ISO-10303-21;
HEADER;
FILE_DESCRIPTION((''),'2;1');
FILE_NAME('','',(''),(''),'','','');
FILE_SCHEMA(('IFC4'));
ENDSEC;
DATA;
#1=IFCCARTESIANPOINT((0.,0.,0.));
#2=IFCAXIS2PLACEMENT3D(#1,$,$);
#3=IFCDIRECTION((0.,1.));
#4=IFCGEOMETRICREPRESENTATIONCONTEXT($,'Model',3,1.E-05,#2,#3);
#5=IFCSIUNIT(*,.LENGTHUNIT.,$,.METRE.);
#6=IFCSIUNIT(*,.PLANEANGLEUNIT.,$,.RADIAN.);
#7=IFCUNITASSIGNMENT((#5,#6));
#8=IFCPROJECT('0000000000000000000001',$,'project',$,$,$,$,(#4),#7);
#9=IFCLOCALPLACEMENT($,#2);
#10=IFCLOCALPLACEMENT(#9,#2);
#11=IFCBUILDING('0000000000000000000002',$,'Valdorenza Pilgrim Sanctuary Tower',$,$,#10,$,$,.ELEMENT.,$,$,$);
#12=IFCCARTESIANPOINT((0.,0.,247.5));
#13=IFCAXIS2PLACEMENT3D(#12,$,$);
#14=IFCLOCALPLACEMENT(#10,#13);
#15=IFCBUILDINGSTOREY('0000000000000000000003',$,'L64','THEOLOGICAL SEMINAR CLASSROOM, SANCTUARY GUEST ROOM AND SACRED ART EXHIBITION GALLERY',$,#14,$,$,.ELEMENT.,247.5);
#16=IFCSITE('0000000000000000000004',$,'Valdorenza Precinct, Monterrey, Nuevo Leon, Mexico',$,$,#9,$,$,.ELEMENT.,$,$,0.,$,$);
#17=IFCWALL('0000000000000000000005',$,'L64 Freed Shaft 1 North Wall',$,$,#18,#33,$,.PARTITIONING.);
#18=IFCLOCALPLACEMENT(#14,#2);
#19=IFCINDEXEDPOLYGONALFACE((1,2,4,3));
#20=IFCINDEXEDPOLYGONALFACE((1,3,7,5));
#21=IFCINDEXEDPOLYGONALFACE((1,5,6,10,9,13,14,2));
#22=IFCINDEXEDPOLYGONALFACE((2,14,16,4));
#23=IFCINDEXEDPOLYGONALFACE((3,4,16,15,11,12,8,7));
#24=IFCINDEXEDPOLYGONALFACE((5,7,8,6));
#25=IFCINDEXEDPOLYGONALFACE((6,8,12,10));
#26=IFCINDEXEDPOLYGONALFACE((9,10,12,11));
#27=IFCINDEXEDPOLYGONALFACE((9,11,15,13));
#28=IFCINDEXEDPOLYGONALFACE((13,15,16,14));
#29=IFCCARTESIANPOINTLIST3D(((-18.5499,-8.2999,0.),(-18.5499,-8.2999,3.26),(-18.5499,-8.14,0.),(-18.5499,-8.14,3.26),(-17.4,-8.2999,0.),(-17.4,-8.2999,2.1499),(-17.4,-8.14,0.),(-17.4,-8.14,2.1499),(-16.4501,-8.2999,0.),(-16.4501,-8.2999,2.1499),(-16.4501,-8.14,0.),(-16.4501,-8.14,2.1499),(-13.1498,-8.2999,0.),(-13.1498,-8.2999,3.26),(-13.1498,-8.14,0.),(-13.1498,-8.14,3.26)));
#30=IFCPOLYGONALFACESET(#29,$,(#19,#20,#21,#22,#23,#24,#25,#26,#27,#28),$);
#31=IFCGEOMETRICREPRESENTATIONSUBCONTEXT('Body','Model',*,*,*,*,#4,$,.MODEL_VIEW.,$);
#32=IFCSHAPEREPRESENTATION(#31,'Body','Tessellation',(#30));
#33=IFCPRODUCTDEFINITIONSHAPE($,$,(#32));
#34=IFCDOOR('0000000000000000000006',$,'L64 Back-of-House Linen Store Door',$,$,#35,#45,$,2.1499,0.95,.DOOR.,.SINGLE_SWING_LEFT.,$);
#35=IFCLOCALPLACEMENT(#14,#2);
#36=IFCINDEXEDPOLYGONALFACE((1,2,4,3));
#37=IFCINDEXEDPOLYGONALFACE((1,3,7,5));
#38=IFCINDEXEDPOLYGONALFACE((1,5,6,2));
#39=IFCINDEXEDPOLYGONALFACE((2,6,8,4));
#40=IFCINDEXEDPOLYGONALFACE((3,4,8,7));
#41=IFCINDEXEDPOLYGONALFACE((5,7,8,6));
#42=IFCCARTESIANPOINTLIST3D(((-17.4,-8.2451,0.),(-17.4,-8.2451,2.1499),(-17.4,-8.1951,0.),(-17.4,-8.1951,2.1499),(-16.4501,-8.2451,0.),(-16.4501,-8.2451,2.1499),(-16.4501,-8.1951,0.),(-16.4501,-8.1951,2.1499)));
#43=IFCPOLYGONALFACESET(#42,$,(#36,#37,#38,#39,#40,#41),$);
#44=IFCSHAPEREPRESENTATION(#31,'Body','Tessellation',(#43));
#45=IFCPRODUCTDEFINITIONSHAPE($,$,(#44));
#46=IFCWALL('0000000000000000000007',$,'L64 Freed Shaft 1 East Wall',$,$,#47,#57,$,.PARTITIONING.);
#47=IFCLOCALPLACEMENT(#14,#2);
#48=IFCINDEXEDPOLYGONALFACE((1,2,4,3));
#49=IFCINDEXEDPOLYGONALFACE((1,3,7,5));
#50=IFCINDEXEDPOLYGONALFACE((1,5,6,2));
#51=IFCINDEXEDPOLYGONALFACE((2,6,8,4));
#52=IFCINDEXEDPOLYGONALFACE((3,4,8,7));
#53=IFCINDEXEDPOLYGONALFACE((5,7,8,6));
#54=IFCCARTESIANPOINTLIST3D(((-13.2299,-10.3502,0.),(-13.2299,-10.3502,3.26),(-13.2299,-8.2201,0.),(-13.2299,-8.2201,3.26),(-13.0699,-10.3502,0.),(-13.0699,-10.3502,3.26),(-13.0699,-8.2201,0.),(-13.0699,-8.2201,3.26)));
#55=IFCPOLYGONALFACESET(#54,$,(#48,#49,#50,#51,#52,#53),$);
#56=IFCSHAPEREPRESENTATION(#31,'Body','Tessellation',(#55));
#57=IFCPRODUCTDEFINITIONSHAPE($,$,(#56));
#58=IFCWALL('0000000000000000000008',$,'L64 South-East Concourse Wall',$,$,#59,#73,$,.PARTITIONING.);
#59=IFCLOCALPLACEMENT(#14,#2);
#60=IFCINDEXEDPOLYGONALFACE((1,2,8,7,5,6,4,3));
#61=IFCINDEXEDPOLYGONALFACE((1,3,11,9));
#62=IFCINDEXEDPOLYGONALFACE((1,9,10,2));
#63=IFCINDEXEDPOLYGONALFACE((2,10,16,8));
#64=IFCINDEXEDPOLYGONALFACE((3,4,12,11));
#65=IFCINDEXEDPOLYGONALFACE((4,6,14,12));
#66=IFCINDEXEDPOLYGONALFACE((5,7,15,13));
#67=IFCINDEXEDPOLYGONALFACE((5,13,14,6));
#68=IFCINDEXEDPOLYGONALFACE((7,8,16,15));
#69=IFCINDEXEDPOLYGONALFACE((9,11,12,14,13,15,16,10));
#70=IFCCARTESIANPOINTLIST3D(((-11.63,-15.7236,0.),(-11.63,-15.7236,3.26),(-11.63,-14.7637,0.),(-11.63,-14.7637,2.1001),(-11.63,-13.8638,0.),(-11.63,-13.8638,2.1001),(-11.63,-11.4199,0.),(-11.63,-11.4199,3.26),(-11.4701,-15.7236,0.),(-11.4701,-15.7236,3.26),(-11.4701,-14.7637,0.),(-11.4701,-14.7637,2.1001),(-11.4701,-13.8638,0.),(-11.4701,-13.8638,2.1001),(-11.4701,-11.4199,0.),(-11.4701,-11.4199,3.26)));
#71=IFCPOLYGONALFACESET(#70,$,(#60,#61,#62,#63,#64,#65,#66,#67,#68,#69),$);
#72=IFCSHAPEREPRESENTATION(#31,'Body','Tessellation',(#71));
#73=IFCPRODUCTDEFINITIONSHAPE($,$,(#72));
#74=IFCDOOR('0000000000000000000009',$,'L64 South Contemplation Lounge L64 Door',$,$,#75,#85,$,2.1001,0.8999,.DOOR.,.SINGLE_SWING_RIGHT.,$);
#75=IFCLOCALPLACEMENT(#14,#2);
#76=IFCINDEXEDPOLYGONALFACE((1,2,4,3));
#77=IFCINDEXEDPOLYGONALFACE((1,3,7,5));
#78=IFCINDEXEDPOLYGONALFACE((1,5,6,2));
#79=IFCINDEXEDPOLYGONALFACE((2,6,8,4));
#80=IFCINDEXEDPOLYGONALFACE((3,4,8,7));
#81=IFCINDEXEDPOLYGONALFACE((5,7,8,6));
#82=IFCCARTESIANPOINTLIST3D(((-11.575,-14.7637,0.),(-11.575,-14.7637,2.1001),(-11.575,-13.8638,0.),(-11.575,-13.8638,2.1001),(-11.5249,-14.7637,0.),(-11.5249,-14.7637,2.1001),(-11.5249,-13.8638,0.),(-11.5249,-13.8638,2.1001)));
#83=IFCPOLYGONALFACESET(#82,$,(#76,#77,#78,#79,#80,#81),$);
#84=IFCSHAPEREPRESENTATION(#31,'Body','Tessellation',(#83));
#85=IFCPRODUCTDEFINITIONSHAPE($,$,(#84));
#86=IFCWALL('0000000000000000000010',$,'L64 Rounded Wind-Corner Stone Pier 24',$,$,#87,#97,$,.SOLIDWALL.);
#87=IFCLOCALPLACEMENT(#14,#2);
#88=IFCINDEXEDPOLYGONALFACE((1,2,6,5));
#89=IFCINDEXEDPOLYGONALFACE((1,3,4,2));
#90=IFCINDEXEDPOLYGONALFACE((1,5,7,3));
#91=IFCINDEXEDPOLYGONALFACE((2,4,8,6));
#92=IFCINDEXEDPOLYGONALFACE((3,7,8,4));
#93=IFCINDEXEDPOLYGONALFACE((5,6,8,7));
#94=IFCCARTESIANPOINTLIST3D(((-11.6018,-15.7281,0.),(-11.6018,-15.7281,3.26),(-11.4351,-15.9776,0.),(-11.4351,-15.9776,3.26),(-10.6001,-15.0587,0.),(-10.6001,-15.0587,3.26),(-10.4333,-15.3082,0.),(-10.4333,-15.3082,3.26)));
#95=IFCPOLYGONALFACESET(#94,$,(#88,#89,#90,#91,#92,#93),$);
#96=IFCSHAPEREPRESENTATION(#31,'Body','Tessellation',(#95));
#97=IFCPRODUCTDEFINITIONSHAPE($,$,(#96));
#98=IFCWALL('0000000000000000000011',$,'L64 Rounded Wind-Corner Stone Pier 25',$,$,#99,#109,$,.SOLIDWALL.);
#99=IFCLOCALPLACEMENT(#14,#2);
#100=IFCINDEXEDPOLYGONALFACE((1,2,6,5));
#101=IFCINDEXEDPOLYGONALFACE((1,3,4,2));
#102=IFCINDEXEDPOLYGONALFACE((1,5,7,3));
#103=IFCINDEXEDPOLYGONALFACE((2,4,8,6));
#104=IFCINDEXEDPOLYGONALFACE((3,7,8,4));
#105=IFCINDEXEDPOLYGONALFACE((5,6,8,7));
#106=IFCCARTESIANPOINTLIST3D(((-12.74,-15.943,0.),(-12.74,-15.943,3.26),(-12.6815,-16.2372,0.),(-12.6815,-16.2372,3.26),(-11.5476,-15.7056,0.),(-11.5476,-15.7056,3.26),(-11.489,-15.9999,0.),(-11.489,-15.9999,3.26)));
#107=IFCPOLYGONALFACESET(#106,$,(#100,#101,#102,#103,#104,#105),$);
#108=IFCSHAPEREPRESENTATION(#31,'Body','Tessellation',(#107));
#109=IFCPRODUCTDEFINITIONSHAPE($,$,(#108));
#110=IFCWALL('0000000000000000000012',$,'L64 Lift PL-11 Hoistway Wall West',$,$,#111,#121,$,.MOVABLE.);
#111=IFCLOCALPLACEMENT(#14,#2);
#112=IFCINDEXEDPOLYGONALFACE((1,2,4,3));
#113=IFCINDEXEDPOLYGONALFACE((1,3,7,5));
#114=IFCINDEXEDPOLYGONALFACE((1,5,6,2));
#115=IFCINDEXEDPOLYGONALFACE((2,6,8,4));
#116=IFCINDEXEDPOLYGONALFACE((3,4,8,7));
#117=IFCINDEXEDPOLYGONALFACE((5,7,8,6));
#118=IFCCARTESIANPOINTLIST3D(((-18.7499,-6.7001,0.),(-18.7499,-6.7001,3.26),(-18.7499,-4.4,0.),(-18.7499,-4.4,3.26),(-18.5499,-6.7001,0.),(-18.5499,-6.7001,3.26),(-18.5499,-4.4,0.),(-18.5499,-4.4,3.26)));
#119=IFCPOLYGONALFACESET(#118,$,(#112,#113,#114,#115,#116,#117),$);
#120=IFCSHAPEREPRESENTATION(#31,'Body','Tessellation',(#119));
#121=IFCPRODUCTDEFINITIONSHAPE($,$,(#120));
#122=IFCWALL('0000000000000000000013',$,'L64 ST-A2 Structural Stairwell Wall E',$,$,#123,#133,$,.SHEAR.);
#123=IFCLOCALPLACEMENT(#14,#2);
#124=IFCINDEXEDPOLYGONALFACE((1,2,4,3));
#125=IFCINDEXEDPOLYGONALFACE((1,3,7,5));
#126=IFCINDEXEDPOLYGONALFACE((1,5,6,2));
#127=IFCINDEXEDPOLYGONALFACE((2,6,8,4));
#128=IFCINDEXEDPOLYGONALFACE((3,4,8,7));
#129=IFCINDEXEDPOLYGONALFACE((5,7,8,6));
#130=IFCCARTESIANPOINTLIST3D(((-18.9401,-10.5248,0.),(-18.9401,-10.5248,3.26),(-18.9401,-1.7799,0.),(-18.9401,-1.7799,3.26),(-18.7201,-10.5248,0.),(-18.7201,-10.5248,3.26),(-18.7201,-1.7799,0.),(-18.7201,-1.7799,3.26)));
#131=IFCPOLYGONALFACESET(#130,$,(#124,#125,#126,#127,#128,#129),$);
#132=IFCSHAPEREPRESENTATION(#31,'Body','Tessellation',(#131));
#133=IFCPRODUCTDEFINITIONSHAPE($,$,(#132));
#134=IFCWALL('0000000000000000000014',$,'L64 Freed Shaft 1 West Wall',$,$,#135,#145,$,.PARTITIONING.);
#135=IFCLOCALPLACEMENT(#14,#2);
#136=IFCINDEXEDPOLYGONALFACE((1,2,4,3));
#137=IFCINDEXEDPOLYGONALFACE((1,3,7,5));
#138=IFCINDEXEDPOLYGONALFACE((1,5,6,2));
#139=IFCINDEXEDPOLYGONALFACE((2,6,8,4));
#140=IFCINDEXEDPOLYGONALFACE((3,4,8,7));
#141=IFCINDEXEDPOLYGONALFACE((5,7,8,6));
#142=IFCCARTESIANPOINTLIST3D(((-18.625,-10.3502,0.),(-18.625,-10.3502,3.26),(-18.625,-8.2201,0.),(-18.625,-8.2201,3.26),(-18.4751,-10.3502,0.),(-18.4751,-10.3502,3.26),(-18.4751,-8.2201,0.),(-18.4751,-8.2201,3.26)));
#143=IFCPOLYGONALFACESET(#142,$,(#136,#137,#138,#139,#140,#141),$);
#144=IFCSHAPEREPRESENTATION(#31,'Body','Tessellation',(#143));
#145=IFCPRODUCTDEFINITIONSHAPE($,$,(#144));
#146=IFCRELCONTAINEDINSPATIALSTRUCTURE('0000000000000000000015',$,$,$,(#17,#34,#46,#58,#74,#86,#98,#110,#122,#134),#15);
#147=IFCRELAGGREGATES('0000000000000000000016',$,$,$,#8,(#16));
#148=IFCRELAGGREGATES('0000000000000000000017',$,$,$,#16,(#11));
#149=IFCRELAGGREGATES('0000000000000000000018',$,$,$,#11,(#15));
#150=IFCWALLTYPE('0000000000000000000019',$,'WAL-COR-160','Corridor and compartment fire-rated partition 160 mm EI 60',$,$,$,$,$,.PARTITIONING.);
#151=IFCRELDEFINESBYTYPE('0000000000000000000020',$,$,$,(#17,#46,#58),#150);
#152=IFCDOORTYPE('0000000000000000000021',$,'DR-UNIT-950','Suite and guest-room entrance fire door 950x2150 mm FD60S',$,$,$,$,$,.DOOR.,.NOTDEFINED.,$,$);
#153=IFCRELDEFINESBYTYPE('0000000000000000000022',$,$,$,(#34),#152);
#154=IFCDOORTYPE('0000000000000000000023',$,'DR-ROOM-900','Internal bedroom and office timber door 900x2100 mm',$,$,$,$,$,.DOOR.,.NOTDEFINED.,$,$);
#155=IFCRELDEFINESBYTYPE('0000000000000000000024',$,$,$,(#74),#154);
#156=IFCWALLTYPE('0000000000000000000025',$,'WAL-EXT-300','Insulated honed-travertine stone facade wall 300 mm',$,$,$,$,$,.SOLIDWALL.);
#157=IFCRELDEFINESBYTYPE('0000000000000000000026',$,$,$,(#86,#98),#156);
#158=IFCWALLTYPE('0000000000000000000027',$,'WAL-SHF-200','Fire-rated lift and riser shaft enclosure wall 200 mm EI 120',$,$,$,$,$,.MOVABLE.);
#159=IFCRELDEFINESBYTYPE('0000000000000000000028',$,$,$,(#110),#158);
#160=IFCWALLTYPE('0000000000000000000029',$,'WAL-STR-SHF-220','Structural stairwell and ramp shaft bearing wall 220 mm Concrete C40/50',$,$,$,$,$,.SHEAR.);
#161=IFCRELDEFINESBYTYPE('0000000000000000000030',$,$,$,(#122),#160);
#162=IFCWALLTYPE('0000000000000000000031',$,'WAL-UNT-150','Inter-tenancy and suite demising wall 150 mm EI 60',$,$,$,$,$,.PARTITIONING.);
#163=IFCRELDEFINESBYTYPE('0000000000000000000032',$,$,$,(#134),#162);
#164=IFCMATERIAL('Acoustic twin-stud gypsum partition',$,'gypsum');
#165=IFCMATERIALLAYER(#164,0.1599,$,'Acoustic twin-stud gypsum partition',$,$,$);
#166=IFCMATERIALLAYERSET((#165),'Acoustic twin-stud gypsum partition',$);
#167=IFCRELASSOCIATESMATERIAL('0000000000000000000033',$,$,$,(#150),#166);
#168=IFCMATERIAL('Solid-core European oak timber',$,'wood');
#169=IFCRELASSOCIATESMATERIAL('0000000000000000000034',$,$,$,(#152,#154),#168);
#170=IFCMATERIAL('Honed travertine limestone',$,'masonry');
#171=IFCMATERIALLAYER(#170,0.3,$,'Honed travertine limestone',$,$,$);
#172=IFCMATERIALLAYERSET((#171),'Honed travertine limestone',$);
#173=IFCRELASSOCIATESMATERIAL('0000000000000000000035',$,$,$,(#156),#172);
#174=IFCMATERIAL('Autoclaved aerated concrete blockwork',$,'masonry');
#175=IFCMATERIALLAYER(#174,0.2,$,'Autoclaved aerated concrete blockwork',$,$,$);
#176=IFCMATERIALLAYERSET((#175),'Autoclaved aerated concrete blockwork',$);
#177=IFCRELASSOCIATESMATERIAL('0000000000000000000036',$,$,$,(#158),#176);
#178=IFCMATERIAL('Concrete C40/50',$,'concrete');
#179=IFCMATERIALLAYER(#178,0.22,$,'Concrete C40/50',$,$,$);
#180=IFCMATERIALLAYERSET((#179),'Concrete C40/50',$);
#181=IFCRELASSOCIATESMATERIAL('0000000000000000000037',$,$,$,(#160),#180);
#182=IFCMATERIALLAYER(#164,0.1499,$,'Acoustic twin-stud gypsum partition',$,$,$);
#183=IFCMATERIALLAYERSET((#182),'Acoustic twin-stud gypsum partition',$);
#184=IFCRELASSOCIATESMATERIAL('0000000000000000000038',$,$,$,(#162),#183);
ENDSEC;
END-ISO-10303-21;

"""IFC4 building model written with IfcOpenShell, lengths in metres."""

from ifc_helpers import new_model, si_unit, direction, frame, frame_2d, origin, place, context, subcontext, project, spatial, rectangle, extrude, material, layer, layer_set, type_object, element, fill, save


model = new_model("IFC4")

# Units and contexts
model_context = context("Model", 3, precision=1e-05, world=origin(), true_north=direction((0.0, 1.0)))
body_context = subcontext(model_context, "Body", "Model", "MODEL_VIEW")
ifc_project = project(units=[si_unit("LENGTHUNIT", "METRE"), si_unit("PLANEANGLEUNIT", "RADIAN")], contexts=[model_context])

# Site, building, storey
site_placement = place(None, origin())
site = spatial("IfcSite", under=ifc_project, at=site_placement, Name="Valdorenza Precinct, Monterrey, Nuevo Leon, Mexico", CompositionType="ELEMENT", RefElevation=0.0)
building_placement = place(site_placement, origin())
building = spatial("IfcBuilding", under=site, at=building_placement, Name="Valdorenza Pilgrim Sanctuary Tower", CompositionType="ELEMENT")
storey_placement = place(building_placement, frame((0.0, 0.0, 247.5)))
storey = spatial("IfcBuildingStorey", under=building, at=storey_placement, Name="L64", Description="THEOLOGICAL SEMINAR CLASSROOM, SANCTUARY GUEST ROOM AND SACRED ART EXHIBITION GALLERY", CompositionType="ELEMENT", Elevation=247.5)

# Shared definitions
ifc_material_1 = material(Name="Honed travertine limestone", Category="masonry")

# Shared definitions
ifc_material_2 = material(Name="Acoustic twin-stud gypsum partition", Category="gypsum")
ifc_layer_1 = layer(ifc_material_2, 0.1599, Name="Acoustic twin-stud gypsum partition")
ifc_layer_set_1 = layer_set([ifc_layer_1], Name="Acoustic twin-stud gypsum partition")
wall_type_1 = type_object("IfcWallType", Name="WAL-COR-160", Description="Corridor and compartment fire-rated partition 160 mm EI 60", PredefinedType="PARTITIONING", material=ifc_layer_set_1)

# Wall, opening, door
wall_1_placement = place(storey_placement, frame((-18.55, -8.22, 0.0), z_axis=(0.0, 0.0, 1.0), x_axis=(1.0, 0.0, 0.0)))
wall_1 = element("IfcWall", 1, at=wall_1_placement, inside=storey, type_object=wall_type_1, Name="L64 Freed Shaft 1 North Wall", PredefinedType="PARTITIONING", context=body_context, shape_type="SweptSolid", body=[
    extrude(rectangle(XDim=5.4001, YDim=0.1599, at=frame_2d((2.7002, 0.0))), origin(), (0.0, 0.0, 1.0), 3.26),
])
opening_1_placement = place(wall_1_placement, frame((1.1499, 0.0, 0.0)))
opening_1 = element("IfcOpeningElement", 2, at=opening_1_placement, cuts=wall_1, PredefinedType="OPENING", context=body_context, shape_type="SweptSolid", body=[
    extrude(rectangle(XDim=0.95, YDim=2.1499, at=frame_2d((0.4751, 1.075))), frame((0.0, 0.0947, 0.0), z_axis=(0.0, -1.0, 0.0), x_axis=(1.0, 0.0, 0.0)), (0.0, 0.0, 1.0), 0.1897),
])
ifc_material_3 = material(Name="Solid-core European oak timber", Category="wood")
door_type_1 = type_object("IfcDoorType", Name="DR-UNIT-950", Description="Suite and guest-room entrance fire door 950x2150 mm FD60S", OperationType="NOTDEFINED", PredefinedType="DOOR", material=ifc_material_3)
door_1_placement = place(opening_1_placement, origin())
door_1 = element("IfcDoor", 3, at=door_1_placement, inside=storey, type_object=door_type_1, Name="L64 Back-of-House Linen Store Door", OperationType="SINGLE_SWING_LEFT", OverallHeight=2.1499, OverallWidth=0.95, PredefinedType="DOOR", context=body_context, shape_type="SweptSolid", body=[
    extrude(rectangle(XDim=0.95, YDim=2.1499, at=frame_2d((0.4751, 1.075))), frame((0.0, 0.0249, 0.0), z_axis=(0.0, -1.0, 0.0), x_axis=(1.0, 0.0, 0.0)), (0.0, 0.0, 1.0), 0.05),
])
fill(opening_1, door_1)

# Wall
wall_2_placement = place(storey_placement, frame((-13.1499, -10.3501, 0.0), z_axis=(0.0, 0.0, 1.0), x_axis=(0.0, 1.0, 0.0)))
element("IfcWall", 4, at=wall_2_placement, inside=storey, type_object=wall_type_1, Name="L64 Freed Shaft 1 East Wall", PredefinedType="PARTITIONING", context=body_context, shape_type="SweptSolid", body=[
    extrude(rectangle(XDim=2.1301, YDim=0.1599, at=frame_2d((1.0649, 0.0))), origin(), (0.0, 0.0, 1.0), 3.26),
])

# Wall, opening, door
wall_3_placement = place(storey_placement, frame((-11.55, -15.7236, 0.0), z_axis=(0.0, 0.0, 1.0), x_axis=(0.0, 1.0, 0.0)))
wall_3 = element("IfcWall", 5, at=wall_3_placement, inside=storey, type_object=wall_type_1, Name="L64 South-East Concourse Wall", PredefinedType="PARTITIONING", context=body_context, shape_type="SweptSolid", body=[
    extrude(rectangle(XDim=4.3037, YDim=0.1599, at=frame_2d((2.1519, 0.0))), origin(), (0.0, 0.0, 1.0), 3.26),
])
opening_2_placement = place(wall_3_placement, frame((0.96, 0.0, 0.0)))
opening_2 = element("IfcOpeningElement", 6, at=opening_2_placement, cuts=wall_3, PredefinedType="OPENING", context=body_context, shape_type="SweptSolid", body=[
    extrude(rectangle(XDim=0.8999, YDim=2.1001, at=frame_2d((0.45, 1.05))), frame((0.0, 0.0947, 0.0), z_axis=(0.0, -1.0, 0.0), x_axis=(1.0, 0.0, 0.0)), (0.0, 0.0, 1.0), 0.1897),
])
door_type_2 = type_object("IfcDoorType", Name="DR-ROOM-900", Description="Internal bedroom and office timber door 900x2100 mm", OperationType="NOTDEFINED", PredefinedType="DOOR", material=ifc_material_3)
door_2_placement = place(opening_2_placement, origin())
door_2 = element("IfcDoor", 7, at=door_2_placement, inside=storey, type_object=door_type_2, Name="L64 South Contemplation Lounge L64 Door", OperationType="SINGLE_SWING_RIGHT", OverallHeight=2.1001, OverallWidth=0.8999, PredefinedType="DOOR", context=body_context, shape_type="SweptSolid", body=[
    extrude(rectangle(XDim=0.8999, YDim=2.1001, at=frame_2d((0.45, 1.05))), frame((0.0, 0.0249, 0.0), z_axis=(0.0, -1.0, 0.0), x_axis=(1.0, 0.0, 0.0)), (0.0, 0.0, 1.0), 0.05),
])
fill(opening_2, door_2)

# Walls
ifc_layer_2 = layer(ifc_material_1, 0.3, Name="Honed travertine limestone")
ifc_layer_set_2 = layer_set([ifc_layer_2], Name="Honed travertine limestone")
wall_type_2 = type_object("IfcWallType", Name="WAL-EXT-300", Description="Insulated honed-travertine stone facade wall 300 mm", PredefinedType="SOLIDWALL", material=ifc_layer_set_2)
wall_4_placement = place(storey_placement, frame((-10.5166, -15.1833, 0.0), z_axis=(0.0, 0.0, 1.0), x_axis=(-0.831426, -0.555635, 0.0)))
element("IfcWall", 8, at=wall_4_placement, inside=storey, type_object=wall_type_2, Name="L64 Rounded Wind-Corner Stone Pier 24", PredefinedType="SOLIDWALL", context=body_context, shape_type="SweptSolid", body=[
    extrude(rectangle(XDim=1.2048, YDim=0.3, at=frame_2d((0.6025, 0.0))), origin(), (0.0, 0.0, 1.0), 3.26),
])
wall_5_placement = place(storey_placement, frame((-11.5183, -15.8528, 0.0), z_axis=(0.0, 0.0, 1.0), x_axis=(-0.980766, -0.195189, 0.0)))
element("IfcWall", 9, at=wall_5_placement, inside=storey, type_object=wall_type_2, Name="L64 Rounded Wind-Corner Stone Pier 25", PredefinedType="SOLIDWALL", context=body_context, shape_type="SweptSolid", body=[
    extrude(rectangle(XDim=1.2158, YDim=0.3, at=frame_2d((0.6079, 0.0))), origin(), (0.0, 0.0, 1.0), 3.26),
])
ifc_material_4 = material(Name="Autoclaved aerated concrete blockwork", Category="masonry")
ifc_layer_3 = layer(ifc_material_4, 0.2, Name="Autoclaved aerated concrete blockwork")
ifc_layer_set_3 = layer_set([ifc_layer_3], Name="Autoclaved aerated concrete blockwork")
wall_type_3 = type_object("IfcWallType", Name="WAL-SHF-200", Description="Fire-rated lift and riser shaft enclosure wall 200 mm EI 120", PredefinedType="MOVABLE", material=ifc_layer_set_3)
wall_6_placement = place(storey_placement, frame((-18.6499, -6.7, 0.0), z_axis=(0.0, 0.0, 1.0), x_axis=(0.0, 1.0, 0.0)))
element("IfcWall", 10, at=wall_6_placement, inside=storey, type_object=wall_type_3, Name="L64 Lift PL-11 Hoistway Wall West", PredefinedType="MOVABLE", context=body_context, shape_type="SweptSolid", body=[
    extrude(rectangle(XDim=2.3, YDim=0.2, at=frame_2d((1.1499, 0.0))), origin(), (0.0, 0.0, 1.0), 3.26),
])
ifc_material_5 = material(Name="Concrete C40/50", Category="concrete")
ifc_layer_4 = layer(ifc_material_5, 0.22, Name="Concrete C40/50")
ifc_layer_set_4 = layer_set([ifc_layer_4], Name="Concrete C40/50")
wall_type_4 = type_object("IfcWallType", Name="WAL-STR-SHF-220", Description="Structural stairwell and ramp shaft bearing wall 220 mm Concrete C40/50", PredefinedType="SHEAR", material=ifc_layer_set_4)
wall_7_placement = place(storey_placement, frame((-18.8301, -10.5249, 0.0), z_axis=(0.0, 0.0, 1.0), x_axis=(0.0, 1.0, 0.0)))
element("IfcWall", 11, at=wall_7_placement, inside=storey, type_object=wall_type_4, Name="L64 ST-A2 Structural Stairwell Wall E", PredefinedType="SHEAR", context=body_context, shape_type="SweptSolid", body=[
    extrude(rectangle(XDim=8.7449, YDim=0.22, at=frame_2d((4.3726, 0.0))), origin(), (0.0, 0.0, 1.0), 3.26),
])
ifc_layer_5 = layer(ifc_material_2, 0.1499, Name="Acoustic twin-stud gypsum partition")
ifc_layer_set_5 = layer_set([ifc_layer_5], Name="Acoustic twin-stud gypsum partition")
wall_type_5 = type_object("IfcWallType", Name="WAL-UNT-150", Description="Inter-tenancy and suite demising wall 150 mm EI 60", PredefinedType="PARTITIONING", material=ifc_layer_set_5)
wall_8_placement = place(storey_placement, frame((-18.55, -10.3501, 0.0), z_axis=(0.0, 0.0, 1.0), x_axis=(0.0, 1.0, 0.0)))
element("IfcWall", 12, at=wall_8_placement, inside=storey, type_object=wall_type_5, Name="L64 Freed Shaft 1 West Wall", PredefinedType="PARTITIONING", context=body_context, shape_type="SweptSolid", body=[
    extrude(rectangle(XDim=2.1301, YDim=0.1499, at=frame_2d((1.0649, 0.0))), origin(), (0.0, 0.0, 1.0), 3.26),
])

save(model, "model.ifc")
